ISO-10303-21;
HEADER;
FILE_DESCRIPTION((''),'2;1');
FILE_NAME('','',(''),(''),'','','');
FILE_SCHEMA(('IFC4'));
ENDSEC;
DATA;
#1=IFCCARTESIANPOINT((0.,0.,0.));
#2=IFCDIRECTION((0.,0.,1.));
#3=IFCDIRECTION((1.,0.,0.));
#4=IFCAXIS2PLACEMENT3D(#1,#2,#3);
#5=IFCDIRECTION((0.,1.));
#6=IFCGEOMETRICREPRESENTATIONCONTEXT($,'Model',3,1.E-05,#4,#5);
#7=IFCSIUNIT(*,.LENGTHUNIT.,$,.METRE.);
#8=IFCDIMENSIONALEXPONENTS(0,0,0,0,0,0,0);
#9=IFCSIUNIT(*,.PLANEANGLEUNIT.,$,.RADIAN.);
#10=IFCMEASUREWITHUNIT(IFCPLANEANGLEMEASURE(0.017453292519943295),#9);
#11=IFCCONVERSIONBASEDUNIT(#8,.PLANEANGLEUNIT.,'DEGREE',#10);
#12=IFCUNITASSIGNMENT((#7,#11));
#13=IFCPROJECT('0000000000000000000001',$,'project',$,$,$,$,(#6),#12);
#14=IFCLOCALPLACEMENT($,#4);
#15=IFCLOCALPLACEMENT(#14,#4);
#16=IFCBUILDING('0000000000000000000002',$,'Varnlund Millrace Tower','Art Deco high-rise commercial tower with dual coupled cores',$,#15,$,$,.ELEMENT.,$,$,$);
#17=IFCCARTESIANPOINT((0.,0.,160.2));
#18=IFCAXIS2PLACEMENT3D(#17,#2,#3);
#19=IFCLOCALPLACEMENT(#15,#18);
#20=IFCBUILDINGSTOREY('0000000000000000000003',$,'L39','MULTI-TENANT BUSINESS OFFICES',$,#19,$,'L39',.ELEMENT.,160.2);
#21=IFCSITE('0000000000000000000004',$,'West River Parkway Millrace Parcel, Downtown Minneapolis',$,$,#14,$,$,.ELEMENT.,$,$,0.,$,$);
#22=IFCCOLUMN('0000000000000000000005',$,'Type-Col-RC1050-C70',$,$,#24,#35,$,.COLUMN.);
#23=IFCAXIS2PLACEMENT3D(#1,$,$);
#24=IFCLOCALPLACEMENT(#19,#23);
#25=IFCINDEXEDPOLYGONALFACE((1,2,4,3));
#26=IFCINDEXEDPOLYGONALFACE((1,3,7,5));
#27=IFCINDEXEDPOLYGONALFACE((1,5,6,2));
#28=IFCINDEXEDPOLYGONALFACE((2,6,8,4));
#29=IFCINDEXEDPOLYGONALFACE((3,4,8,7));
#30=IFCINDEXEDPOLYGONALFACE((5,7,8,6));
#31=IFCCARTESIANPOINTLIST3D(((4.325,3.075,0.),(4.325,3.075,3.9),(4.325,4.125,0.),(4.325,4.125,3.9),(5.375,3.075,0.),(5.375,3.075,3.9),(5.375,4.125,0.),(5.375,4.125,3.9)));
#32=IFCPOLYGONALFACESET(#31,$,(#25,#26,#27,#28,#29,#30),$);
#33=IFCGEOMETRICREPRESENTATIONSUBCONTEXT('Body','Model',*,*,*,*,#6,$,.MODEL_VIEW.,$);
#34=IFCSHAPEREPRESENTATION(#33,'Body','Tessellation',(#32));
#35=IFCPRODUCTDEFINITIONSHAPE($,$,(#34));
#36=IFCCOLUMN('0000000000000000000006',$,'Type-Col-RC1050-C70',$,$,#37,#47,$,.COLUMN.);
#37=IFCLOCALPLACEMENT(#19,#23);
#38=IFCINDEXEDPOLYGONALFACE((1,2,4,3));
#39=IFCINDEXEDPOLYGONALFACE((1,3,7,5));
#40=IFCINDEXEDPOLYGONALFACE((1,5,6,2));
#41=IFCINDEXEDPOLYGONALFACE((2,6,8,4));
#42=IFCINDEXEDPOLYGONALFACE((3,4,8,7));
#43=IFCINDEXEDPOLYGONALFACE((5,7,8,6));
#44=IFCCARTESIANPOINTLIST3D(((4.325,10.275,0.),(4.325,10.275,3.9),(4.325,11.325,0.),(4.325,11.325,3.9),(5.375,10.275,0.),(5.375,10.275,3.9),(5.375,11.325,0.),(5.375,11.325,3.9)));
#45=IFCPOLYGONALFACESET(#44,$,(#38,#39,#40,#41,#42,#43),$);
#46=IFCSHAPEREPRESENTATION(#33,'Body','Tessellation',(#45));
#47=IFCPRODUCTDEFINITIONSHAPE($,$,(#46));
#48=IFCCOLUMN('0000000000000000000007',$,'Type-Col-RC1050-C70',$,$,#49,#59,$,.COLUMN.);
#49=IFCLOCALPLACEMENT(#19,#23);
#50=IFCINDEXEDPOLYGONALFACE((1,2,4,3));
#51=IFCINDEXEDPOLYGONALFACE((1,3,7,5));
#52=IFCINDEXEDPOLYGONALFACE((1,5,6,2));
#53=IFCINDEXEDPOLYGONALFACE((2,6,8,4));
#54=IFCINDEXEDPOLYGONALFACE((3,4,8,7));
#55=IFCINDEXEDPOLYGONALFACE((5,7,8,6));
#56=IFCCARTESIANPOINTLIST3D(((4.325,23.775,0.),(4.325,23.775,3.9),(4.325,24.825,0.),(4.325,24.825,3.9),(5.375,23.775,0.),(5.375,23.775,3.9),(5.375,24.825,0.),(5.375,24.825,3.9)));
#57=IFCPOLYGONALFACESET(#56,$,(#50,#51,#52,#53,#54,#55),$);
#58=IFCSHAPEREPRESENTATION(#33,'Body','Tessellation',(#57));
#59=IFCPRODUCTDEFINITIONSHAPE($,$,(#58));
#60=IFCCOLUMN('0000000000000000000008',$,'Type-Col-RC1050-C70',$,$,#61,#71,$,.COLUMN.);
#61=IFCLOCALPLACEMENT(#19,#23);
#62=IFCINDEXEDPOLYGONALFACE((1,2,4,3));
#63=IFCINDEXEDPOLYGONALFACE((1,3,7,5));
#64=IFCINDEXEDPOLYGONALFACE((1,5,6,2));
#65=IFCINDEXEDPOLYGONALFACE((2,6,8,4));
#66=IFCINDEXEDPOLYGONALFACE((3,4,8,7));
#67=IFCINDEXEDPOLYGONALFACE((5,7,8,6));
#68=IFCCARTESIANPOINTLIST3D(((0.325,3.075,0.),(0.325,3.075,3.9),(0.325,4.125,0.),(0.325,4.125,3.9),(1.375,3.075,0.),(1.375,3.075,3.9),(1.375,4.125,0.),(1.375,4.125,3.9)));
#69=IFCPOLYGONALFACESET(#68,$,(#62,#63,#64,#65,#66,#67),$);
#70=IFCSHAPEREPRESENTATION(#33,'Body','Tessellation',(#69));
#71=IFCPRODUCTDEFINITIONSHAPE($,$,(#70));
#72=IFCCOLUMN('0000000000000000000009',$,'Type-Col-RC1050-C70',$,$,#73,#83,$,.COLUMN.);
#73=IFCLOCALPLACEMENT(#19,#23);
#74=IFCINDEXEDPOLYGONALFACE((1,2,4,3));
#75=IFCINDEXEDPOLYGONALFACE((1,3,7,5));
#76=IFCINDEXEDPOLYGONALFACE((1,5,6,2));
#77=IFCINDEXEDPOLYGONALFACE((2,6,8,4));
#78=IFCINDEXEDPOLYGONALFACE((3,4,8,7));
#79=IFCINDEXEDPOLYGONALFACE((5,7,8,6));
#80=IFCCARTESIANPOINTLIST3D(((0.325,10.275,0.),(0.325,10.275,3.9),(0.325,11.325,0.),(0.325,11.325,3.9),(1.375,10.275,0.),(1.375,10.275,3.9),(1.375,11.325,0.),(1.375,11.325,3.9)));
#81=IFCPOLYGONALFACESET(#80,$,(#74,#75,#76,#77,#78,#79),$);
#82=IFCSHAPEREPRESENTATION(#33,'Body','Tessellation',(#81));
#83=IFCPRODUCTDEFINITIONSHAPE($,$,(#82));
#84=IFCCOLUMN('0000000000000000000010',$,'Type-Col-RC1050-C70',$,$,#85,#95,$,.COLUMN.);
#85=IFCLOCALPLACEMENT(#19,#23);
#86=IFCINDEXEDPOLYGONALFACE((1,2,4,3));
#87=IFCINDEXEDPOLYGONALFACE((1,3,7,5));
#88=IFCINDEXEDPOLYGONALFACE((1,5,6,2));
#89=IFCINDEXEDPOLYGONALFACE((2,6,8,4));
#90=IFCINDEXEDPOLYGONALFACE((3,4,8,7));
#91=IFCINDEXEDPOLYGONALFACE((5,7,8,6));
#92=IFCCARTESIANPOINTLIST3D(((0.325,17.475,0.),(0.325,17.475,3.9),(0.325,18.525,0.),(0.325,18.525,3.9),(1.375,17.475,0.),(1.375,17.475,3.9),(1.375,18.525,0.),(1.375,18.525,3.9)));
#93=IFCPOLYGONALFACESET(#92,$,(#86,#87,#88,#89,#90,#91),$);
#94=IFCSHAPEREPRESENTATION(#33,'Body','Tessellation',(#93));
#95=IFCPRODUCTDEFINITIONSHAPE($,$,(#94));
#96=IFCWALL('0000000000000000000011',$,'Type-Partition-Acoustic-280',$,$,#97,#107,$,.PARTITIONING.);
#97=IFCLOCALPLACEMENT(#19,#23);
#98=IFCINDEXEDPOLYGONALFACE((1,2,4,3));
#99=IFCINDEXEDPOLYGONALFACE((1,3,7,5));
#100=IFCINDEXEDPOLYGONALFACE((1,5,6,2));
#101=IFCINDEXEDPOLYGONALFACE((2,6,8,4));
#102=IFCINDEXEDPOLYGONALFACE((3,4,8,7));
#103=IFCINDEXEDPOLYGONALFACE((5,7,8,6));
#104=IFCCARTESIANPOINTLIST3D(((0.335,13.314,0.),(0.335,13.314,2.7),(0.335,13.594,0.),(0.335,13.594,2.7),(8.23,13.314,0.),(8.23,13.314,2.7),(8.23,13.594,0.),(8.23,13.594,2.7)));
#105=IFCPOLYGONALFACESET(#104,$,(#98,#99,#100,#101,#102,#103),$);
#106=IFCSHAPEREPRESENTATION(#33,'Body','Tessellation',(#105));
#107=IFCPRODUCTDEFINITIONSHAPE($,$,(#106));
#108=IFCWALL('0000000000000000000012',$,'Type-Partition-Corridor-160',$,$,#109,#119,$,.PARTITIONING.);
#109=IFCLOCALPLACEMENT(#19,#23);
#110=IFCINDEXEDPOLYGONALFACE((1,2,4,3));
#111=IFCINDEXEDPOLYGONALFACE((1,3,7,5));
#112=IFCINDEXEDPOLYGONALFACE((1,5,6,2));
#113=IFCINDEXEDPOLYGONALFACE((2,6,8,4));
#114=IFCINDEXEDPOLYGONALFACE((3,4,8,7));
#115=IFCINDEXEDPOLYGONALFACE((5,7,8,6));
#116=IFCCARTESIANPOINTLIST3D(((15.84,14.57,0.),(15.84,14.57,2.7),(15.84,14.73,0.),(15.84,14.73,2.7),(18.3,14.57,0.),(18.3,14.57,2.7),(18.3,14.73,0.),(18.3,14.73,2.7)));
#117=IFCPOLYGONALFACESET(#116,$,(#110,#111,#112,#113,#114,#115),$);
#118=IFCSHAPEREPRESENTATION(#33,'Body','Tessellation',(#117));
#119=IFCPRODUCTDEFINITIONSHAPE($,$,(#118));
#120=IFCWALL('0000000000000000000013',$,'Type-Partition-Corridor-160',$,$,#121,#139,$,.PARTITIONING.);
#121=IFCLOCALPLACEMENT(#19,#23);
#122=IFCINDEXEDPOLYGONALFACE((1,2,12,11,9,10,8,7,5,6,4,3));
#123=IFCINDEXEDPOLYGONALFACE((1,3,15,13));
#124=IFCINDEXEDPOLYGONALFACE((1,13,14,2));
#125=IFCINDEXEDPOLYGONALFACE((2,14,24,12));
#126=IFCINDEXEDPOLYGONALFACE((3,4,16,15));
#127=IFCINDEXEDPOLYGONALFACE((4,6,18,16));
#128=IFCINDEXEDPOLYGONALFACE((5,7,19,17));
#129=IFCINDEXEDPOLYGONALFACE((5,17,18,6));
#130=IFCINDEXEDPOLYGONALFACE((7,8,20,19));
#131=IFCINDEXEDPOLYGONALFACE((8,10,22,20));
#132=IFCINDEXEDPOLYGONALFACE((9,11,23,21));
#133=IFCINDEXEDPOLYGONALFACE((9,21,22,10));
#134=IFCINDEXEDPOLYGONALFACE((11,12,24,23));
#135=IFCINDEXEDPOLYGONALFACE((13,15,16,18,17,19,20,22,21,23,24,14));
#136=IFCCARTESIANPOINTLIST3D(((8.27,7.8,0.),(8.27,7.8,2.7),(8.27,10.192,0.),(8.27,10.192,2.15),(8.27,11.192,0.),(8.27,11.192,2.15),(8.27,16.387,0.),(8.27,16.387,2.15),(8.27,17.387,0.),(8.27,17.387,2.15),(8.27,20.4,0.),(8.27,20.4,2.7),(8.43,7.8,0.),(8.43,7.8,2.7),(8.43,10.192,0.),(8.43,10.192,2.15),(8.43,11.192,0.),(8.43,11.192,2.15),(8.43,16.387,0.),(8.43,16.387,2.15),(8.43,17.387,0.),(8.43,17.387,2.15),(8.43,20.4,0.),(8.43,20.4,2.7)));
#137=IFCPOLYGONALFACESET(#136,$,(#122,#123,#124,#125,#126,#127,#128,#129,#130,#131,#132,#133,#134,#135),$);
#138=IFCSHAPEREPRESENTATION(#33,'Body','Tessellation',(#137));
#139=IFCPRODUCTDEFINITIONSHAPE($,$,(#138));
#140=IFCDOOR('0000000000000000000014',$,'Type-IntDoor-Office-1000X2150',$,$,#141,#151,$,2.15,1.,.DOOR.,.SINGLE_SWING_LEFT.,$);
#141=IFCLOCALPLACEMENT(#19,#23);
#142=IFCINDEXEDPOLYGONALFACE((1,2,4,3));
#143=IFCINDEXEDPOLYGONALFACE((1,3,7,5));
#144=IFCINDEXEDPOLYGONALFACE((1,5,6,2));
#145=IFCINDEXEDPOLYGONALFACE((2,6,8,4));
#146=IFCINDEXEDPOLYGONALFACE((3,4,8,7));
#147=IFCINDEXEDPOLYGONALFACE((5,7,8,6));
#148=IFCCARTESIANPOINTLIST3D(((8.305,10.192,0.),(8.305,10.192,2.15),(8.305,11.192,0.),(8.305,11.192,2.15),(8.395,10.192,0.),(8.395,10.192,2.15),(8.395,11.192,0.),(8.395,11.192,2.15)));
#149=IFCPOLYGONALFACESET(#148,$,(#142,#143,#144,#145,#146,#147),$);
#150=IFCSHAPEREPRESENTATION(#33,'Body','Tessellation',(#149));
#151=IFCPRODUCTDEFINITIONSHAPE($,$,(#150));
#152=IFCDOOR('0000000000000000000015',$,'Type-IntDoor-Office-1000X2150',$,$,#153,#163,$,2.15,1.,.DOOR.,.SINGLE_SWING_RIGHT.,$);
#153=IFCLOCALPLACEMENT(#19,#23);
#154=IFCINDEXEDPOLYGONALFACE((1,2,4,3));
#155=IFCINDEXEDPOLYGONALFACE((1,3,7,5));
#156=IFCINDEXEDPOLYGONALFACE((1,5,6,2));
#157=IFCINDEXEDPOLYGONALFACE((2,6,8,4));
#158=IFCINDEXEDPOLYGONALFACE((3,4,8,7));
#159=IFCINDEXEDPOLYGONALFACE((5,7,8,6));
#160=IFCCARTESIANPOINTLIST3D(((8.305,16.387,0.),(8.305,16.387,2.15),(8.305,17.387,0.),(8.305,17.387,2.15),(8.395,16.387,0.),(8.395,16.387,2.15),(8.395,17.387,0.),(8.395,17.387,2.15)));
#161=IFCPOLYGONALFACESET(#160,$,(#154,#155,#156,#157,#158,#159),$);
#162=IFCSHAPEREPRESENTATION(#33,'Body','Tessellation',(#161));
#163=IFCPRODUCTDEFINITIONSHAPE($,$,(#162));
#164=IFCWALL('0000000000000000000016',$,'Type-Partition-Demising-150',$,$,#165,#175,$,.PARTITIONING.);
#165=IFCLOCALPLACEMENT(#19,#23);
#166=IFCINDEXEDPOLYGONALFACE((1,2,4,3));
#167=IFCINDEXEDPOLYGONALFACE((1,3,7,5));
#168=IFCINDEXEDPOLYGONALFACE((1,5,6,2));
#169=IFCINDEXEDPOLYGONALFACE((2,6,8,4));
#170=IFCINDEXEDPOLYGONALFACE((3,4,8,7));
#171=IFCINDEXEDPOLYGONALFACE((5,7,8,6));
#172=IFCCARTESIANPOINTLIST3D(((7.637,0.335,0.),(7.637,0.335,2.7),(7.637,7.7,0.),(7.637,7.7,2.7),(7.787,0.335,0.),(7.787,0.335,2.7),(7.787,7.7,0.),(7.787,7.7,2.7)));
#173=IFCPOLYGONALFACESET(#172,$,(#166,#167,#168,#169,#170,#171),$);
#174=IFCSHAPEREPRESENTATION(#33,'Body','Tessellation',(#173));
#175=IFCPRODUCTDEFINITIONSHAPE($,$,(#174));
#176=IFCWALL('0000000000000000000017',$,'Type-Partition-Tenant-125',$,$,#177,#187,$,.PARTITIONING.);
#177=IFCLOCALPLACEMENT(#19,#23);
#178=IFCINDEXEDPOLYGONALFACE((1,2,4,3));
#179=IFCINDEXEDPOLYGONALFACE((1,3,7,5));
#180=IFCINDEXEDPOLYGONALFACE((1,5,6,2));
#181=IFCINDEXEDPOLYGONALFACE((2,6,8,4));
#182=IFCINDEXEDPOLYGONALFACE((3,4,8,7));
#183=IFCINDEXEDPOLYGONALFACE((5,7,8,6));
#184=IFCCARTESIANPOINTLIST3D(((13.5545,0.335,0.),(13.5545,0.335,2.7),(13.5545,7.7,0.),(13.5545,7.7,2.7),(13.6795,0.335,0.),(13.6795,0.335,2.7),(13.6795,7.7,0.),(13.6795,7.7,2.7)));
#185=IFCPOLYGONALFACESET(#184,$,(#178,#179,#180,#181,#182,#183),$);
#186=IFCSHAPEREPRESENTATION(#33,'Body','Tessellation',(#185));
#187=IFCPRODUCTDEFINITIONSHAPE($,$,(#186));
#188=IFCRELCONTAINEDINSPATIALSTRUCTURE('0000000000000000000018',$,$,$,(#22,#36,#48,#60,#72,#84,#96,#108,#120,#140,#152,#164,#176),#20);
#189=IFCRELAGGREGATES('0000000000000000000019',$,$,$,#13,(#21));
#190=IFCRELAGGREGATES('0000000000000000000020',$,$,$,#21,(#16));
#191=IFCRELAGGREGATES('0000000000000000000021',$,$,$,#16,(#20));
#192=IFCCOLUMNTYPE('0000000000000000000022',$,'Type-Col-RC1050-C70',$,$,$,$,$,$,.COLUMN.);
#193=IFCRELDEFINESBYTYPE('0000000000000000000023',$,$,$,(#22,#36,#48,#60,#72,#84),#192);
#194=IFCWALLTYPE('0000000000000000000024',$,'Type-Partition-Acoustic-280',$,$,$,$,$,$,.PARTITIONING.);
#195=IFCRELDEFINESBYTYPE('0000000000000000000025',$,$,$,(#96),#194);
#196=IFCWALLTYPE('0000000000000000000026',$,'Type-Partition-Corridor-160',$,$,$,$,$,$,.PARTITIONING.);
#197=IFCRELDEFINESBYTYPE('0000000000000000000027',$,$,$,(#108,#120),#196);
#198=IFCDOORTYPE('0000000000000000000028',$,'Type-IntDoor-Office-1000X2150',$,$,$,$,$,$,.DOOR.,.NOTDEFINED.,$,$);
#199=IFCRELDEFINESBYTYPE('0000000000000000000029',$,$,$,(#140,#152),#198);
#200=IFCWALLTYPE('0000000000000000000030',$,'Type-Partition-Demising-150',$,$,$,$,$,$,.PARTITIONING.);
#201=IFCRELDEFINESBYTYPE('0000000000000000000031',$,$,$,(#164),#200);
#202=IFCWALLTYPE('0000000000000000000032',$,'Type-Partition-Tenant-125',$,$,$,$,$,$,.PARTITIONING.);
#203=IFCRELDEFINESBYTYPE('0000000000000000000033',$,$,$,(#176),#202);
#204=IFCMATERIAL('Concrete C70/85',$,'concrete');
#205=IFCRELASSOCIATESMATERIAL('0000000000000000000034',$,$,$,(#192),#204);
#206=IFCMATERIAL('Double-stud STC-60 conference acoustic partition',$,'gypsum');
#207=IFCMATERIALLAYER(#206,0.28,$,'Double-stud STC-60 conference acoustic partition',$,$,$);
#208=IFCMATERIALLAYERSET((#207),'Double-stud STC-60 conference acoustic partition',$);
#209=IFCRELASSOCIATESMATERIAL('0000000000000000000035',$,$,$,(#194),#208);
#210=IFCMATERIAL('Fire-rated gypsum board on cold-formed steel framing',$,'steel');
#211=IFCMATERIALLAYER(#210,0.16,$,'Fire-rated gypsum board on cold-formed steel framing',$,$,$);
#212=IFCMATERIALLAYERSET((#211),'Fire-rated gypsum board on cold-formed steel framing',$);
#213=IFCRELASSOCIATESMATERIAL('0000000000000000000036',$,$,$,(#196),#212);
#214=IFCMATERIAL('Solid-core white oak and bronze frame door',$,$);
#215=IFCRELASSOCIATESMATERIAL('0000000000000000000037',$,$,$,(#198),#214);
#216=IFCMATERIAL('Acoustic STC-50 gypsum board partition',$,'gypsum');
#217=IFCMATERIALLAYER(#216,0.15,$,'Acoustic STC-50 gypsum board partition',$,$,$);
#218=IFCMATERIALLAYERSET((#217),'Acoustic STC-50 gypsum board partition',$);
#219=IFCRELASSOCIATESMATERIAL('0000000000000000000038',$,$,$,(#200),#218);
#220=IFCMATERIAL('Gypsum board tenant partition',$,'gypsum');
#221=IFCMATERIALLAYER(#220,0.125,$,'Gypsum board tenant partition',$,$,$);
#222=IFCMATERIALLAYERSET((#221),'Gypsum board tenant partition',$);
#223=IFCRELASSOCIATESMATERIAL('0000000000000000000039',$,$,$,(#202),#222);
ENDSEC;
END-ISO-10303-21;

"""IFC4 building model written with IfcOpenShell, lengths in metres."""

from ifc_helpers import new_model, entity, si_unit, converted_unit, direction, frame, origin_with_axes, origin_2d_with_axis, place, context, subcontext, project, spatial, polyline, rectangle, outline, extrude, material, layer, layer_set, material_profile, profile_set, type_object, element, fill, save


model = new_model("IFC4")

# Units and contexts
model_context = context("Model", 3, precision=1e-05, world=origin_with_axes(), true_north=direction((0.0, 1.0)))
body_context = subcontext(model_context, "Body", "Model", "MODEL_VIEW")
ifc_project = project(units=[si_unit("LENGTHUNIT", "METRE"), converted_unit("PLANEANGLEUNIT", "DEGREE", entity("IfcPlaneAngleMeasure", 0.017453292519943295), si_unit("PLANEANGLEUNIT", "RADIAN"), dimensions=[0, 0, 0, 0, 0, 0, 0])], contexts=[model_context])

# Site, building, storey
site_placement = place(None, origin_with_axes())
site = spatial("IfcSite", under=ifc_project, at=site_placement, Name="West River Parkway Millrace Parcel, Downtown Minneapolis", CompositionType="ELEMENT", RefElevation=0.0)
building_placement = place(site_placement, origin_with_axes())
building = spatial("IfcBuilding", under=site, at=building_placement, Name="Varnlund Millrace Tower", Description="Art Deco high-rise commercial tower with dual coupled cores", CompositionType="ELEMENT")
storey_placement = place(building_placement, frame((0.0, 0.0, 160.2), z_axis=(0.0, 0.0, 1.0), x_axis=(1.0, 0.0, 0.0)))
storey = spatial("IfcBuildingStorey", under=building, at=storey_placement, Name="L39", Description="MULTI-TENANT BUSINESS OFFICES", LongName="L39", CompositionType="ELEMENT", Elevation=160.2)

# Columns
ifc_material_1 = material(Name="Concrete C70/85", Category="concrete")
ifc_material_profile = material_profile(ifc_material_1, rectangle(XDim=1.05, YDim=1.05, at=origin_2d_with_axis()), Name="Concrete C70/85")
ifc_profile_set = profile_set([ifc_material_profile], Name="Concrete C70/85")
column_type = type_object("IfcColumnType", Name="Type-Col-RC1050-C70", PredefinedType="COLUMN", material=ifc_profile_set)
for number, where, z_axis, x_axis, name in (
    (1, (4.85, 3.6, 0.0), (0.0, 0.0, 1.0), (1.0, 0.0, 0.0), "Type-Col-RC1050-C70"),
    (2, (4.85, 10.8, 0.0), (0.0, 0.0, 1.0), (1.0, 0.0, 0.0), "Type-Col-RC1050-C70"),
    (3, (4.85, 24.3, 0.0), (0.0, 0.0, 1.0), (1.0, 0.0, 0.0), "Type-Col-RC1050-C70"),
    (4, (0.85, 3.6, 0.0), (0.0, 0.0, 1.0), (1.0, 0.0, 0.0), "Type-Col-RC1050-C70"),
    (5, (0.85, 10.8, 0.0), (0.0, 0.0, 1.0), (1.0, 0.0, 0.0), "Type-Col-RC1050-C70"),
    (6, (0.85, 18.0, 0.0), (0.0, 0.0, 1.0), (1.0, 0.0, 0.0), "Type-Col-RC1050-C70"),
):
    element("IfcColumn", number, at=place(storey_placement, frame(where, z_axis=z_axis, x_axis=x_axis)), inside=storey, type_object=column_type, Name=name, PredefinedType="COLUMN", context=body_context, shape_type="SweptSolid", body=[
        extrude(rectangle(XDim=1.05, YDim=1.05, at=origin_2d_with_axis()), origin_with_axes(), (0.0, 0.0, 1.0), 3.9),
    ])

# Walls
ifc_material_2 = material(Name="Double-stud STC-60 conference acoustic partition", Category="gypsum")
ifc_layer_1 = layer(ifc_material_2, 0.28, Name="Double-stud STC-60 conference acoustic partition")
ifc_layer_set_1 = layer_set([ifc_layer_1], Name="Double-stud STC-60 conference acoustic partition")
wall_type_1 = type_object("IfcWallType", Name="Type-Partition-Acoustic-280", PredefinedType="PARTITIONING", material=ifc_layer_set_1)
wall_1_placement = place(storey_placement, frame((0.335, 13.454, 0.0), z_axis=(0.0, 0.0, 1.0), x_axis=(1.0, 0.0, 0.0)))
element("IfcWall", 7, at=wall_1_placement, inside=storey, type_object=wall_type_1, Name="Type-Partition-Acoustic-280", PredefinedType="PARTITIONING", context=body_context, shape_type="SweptSolid", body=[
    extrude(outline(polyline([(0.0, -0.14), (7.895, -0.14), (7.895, 0.14), (0.0, 0.14), (0.0, -0.14)])), origin_with_axes(), (0.0, 0.0, 1.0), 2.7),
])
ifc_material_3 = material(Name="Fire-rated gypsum board on cold-formed steel framing", Category="steel")
ifc_layer_2 = layer(ifc_material_3, 0.16, Name="Fire-rated gypsum board on cold-formed steel framing")
ifc_layer_set_2 = layer_set([ifc_layer_2], Name="Fire-rated gypsum board on cold-formed steel framing")
wall_type_2 = type_object("IfcWallType", Name="Type-Partition-Corridor-160", PredefinedType="PARTITIONING", material=ifc_layer_set_2)
wall_2_placement = place(storey_placement, frame((15.84, 14.65, 0.0), z_axis=(0.0, 0.0, 1.0), x_axis=(1.0, 0.0, 0.0)))
element("IfcWall", 8, at=wall_2_placement, inside=storey, type_object=wall_type_2, Name="Type-Partition-Corridor-160", PredefinedType="PARTITIONING", context=body_context, shape_type="SweptSolid", body=[
    extrude(outline(polyline([(0.0, -0.08), (2.46, -0.08), (2.46, 0.08), (0.0, 0.08), (0.0, -0.08)])), origin_with_axes(), (0.0, 0.0, 1.0), 2.7),
])

# Wall, openings, doors
ifc_material_4 = material(Name="Solid-core white oak and bronze frame door")
door_type_1 = type_object("IfcDoorType", Name="Type-IntDoor-Office-1000X2150", OperationType="NOTDEFINED", PredefinedType="DOOR", material=ifc_material_4)
wall_3_placement = place(storey_placement, frame((8.35, 7.8, 0.0), z_axis=(0.0, 0.0, 1.0), x_axis=(0.0, 1.0, 0.0)))
wall_3 = element("IfcWall", 9, at=wall_3_placement, inside=storey, type_object=wall_type_2, Name="Type-Partition-Corridor-160", PredefinedType="PARTITIONING", context=body_context, shape_type="SweptSolid", body=[
    extrude(outline(polyline([(0.0, -0.08), (12.6, -0.08), (12.6, 0.08), (0.0, 0.08), (0.0, -0.08)])), origin_with_axes(), (0.0, 0.0, 1.0), 2.7),
])
opening_1_placement = place(wall_3_placement, frame((2.892, 0.0, 0.0), z_axis=(0.0, 0.0, 1.0), x_axis=(1.0, 0.0, 0.0)))
opening_1 = element("IfcOpeningElement", 10, at=opening_1_placement, cuts=wall_3, PredefinedType="OPENING", context=body_context, shape_type="SweptSolid", body=[
    extrude(rectangle(XDim=1.0, YDim=0.18, at=origin_2d_with_axis()), origin_with_axes(), (0.0, 0.0, 1.0), 2.15),
])
opening_2_placement = place(wall_3_placement, frame((9.087, 0.0, 0.0), z_axis=(0.0, 0.0, 1.0), x_axis=(1.0, 0.0, 0.0)))
opening_2 = element("IfcOpeningElement", 11, at=opening_2_placement, cuts=wall_3, PredefinedType="OPENING", context=body_context, shape_type="SweptSolid", body=[
    extrude(rectangle(XDim=1.0, YDim=0.18, at=origin_2d_with_axis()), origin_with_axes(), (0.0, 0.0, 1.0), 2.15),
])
door_1_placement = place(wall_3_placement, frame((2.892, 0.0, 0.0), z_axis=(0.0, 0.0, 1.0), x_axis=(1.0, 0.0, 0.0)))
door_1 = element("IfcDoor", 12, at=door_1_placement, inside=storey, type_object=door_type_1, Name="Type-IntDoor-Office-1000X2150", OperationType="SINGLE_SWING_LEFT", OverallHeight=2.15, OverallWidth=1.0, PredefinedType="DOOR", context=body_context, shape_type="SweptSolid", body=[
    extrude(rectangle(XDim=1.0, YDim=0.09, at=origin_2d_with_axis()), origin_with_axes(), (0.0, 0.0, 1.0), 2.15),
])
fill(opening_1, door_1)
door_2_placement = place(wall_3_placement, frame((9.087, 0.0, 0.0), z_axis=(0.0, 0.0, 1.0), x_axis=(1.0, 0.0, 0.0)))
door_2 = element("IfcDoor", 13, at=door_2_placement, inside=storey, type_object=door_type_1, Name="Type-IntDoor-Office-1000X2150", OperationType="SINGLE_SWING_RIGHT", OverallHeight=2.15, OverallWidth=1.0, PredefinedType="DOOR", context=body_context, shape_type="SweptSolid", body=[
    extrude(rectangle(XDim=1.0, YDim=0.09, at=origin_2d_with_axis()), origin_with_axes(), (0.0, 0.0, 1.0), 2.15),
])
fill(opening_2, door_2)

# Walls
ifc_material_5 = material(Name="Acoustic STC-50 gypsum board partition", Category="gypsum")
ifc_layer_3 = layer(ifc_material_5, 0.15, Name="Acoustic STC-50 gypsum board partition")
ifc_layer_set_3 = layer_set([ifc_layer_3], Name="Acoustic STC-50 gypsum board partition")
wall_type_3 = type_object("IfcWallType", Name="Type-Partition-Demising-150", PredefinedType="PARTITIONING", material=ifc_layer_set_3)
wall_4_placement = place(storey_placement, frame((7.712, 0.335, 0.0), z_axis=(0.0, 0.0, 1.0), x_axis=(0.0, 1.0, 0.0)))
element("IfcWall", 14, at=wall_4_placement, inside=storey, type_object=wall_type_3, Name="Type-Partition-Demising-150", PredefinedType="PARTITIONING", context=body_context, shape_type="SweptSolid", body=[
    extrude(outline(polyline([(0.0, -0.075), (7.365, -0.075), (7.365, 0.075), (0.0, 0.075), (0.0, -0.075)])), origin_with_axes(), (0.0, 0.0, 1.0), 2.7),
])
ifc_material_6 = material(Name="Gypsum board tenant partition", Category="gypsum")
ifc_layer_4 = layer(ifc_material_6, 0.125, Name="Gypsum board tenant partition")
ifc_layer_set_4 = layer_set([ifc_layer_4], Name="Gypsum board tenant partition")
wall_type_4 = type_object("IfcWallType", Name="Type-Partition-Tenant-125", PredefinedType="PARTITIONING", material=ifc_layer_set_4)
wall_5_placement = place(storey_placement, frame((13.617, 0.335, 0.0), z_axis=(0.0, 0.0, 1.0), x_axis=(0.0, 1.0, 0.0)))
element("IfcWall", 15, at=wall_5_placement, inside=storey, type_object=wall_type_4, Name="Type-Partition-Tenant-125", PredefinedType="PARTITIONING", context=body_context, shape_type="SweptSolid", body=[
    extrude(outline(polyline([(0.0, -0.0625), (7.365, -0.0625), (7.365, 0.0625), (0.0, 0.0625), (0.0, -0.0625)])), origin_with_axes(), (0.0, 0.0, 1.0), 2.7),
])

save(model, "model.ifc")
